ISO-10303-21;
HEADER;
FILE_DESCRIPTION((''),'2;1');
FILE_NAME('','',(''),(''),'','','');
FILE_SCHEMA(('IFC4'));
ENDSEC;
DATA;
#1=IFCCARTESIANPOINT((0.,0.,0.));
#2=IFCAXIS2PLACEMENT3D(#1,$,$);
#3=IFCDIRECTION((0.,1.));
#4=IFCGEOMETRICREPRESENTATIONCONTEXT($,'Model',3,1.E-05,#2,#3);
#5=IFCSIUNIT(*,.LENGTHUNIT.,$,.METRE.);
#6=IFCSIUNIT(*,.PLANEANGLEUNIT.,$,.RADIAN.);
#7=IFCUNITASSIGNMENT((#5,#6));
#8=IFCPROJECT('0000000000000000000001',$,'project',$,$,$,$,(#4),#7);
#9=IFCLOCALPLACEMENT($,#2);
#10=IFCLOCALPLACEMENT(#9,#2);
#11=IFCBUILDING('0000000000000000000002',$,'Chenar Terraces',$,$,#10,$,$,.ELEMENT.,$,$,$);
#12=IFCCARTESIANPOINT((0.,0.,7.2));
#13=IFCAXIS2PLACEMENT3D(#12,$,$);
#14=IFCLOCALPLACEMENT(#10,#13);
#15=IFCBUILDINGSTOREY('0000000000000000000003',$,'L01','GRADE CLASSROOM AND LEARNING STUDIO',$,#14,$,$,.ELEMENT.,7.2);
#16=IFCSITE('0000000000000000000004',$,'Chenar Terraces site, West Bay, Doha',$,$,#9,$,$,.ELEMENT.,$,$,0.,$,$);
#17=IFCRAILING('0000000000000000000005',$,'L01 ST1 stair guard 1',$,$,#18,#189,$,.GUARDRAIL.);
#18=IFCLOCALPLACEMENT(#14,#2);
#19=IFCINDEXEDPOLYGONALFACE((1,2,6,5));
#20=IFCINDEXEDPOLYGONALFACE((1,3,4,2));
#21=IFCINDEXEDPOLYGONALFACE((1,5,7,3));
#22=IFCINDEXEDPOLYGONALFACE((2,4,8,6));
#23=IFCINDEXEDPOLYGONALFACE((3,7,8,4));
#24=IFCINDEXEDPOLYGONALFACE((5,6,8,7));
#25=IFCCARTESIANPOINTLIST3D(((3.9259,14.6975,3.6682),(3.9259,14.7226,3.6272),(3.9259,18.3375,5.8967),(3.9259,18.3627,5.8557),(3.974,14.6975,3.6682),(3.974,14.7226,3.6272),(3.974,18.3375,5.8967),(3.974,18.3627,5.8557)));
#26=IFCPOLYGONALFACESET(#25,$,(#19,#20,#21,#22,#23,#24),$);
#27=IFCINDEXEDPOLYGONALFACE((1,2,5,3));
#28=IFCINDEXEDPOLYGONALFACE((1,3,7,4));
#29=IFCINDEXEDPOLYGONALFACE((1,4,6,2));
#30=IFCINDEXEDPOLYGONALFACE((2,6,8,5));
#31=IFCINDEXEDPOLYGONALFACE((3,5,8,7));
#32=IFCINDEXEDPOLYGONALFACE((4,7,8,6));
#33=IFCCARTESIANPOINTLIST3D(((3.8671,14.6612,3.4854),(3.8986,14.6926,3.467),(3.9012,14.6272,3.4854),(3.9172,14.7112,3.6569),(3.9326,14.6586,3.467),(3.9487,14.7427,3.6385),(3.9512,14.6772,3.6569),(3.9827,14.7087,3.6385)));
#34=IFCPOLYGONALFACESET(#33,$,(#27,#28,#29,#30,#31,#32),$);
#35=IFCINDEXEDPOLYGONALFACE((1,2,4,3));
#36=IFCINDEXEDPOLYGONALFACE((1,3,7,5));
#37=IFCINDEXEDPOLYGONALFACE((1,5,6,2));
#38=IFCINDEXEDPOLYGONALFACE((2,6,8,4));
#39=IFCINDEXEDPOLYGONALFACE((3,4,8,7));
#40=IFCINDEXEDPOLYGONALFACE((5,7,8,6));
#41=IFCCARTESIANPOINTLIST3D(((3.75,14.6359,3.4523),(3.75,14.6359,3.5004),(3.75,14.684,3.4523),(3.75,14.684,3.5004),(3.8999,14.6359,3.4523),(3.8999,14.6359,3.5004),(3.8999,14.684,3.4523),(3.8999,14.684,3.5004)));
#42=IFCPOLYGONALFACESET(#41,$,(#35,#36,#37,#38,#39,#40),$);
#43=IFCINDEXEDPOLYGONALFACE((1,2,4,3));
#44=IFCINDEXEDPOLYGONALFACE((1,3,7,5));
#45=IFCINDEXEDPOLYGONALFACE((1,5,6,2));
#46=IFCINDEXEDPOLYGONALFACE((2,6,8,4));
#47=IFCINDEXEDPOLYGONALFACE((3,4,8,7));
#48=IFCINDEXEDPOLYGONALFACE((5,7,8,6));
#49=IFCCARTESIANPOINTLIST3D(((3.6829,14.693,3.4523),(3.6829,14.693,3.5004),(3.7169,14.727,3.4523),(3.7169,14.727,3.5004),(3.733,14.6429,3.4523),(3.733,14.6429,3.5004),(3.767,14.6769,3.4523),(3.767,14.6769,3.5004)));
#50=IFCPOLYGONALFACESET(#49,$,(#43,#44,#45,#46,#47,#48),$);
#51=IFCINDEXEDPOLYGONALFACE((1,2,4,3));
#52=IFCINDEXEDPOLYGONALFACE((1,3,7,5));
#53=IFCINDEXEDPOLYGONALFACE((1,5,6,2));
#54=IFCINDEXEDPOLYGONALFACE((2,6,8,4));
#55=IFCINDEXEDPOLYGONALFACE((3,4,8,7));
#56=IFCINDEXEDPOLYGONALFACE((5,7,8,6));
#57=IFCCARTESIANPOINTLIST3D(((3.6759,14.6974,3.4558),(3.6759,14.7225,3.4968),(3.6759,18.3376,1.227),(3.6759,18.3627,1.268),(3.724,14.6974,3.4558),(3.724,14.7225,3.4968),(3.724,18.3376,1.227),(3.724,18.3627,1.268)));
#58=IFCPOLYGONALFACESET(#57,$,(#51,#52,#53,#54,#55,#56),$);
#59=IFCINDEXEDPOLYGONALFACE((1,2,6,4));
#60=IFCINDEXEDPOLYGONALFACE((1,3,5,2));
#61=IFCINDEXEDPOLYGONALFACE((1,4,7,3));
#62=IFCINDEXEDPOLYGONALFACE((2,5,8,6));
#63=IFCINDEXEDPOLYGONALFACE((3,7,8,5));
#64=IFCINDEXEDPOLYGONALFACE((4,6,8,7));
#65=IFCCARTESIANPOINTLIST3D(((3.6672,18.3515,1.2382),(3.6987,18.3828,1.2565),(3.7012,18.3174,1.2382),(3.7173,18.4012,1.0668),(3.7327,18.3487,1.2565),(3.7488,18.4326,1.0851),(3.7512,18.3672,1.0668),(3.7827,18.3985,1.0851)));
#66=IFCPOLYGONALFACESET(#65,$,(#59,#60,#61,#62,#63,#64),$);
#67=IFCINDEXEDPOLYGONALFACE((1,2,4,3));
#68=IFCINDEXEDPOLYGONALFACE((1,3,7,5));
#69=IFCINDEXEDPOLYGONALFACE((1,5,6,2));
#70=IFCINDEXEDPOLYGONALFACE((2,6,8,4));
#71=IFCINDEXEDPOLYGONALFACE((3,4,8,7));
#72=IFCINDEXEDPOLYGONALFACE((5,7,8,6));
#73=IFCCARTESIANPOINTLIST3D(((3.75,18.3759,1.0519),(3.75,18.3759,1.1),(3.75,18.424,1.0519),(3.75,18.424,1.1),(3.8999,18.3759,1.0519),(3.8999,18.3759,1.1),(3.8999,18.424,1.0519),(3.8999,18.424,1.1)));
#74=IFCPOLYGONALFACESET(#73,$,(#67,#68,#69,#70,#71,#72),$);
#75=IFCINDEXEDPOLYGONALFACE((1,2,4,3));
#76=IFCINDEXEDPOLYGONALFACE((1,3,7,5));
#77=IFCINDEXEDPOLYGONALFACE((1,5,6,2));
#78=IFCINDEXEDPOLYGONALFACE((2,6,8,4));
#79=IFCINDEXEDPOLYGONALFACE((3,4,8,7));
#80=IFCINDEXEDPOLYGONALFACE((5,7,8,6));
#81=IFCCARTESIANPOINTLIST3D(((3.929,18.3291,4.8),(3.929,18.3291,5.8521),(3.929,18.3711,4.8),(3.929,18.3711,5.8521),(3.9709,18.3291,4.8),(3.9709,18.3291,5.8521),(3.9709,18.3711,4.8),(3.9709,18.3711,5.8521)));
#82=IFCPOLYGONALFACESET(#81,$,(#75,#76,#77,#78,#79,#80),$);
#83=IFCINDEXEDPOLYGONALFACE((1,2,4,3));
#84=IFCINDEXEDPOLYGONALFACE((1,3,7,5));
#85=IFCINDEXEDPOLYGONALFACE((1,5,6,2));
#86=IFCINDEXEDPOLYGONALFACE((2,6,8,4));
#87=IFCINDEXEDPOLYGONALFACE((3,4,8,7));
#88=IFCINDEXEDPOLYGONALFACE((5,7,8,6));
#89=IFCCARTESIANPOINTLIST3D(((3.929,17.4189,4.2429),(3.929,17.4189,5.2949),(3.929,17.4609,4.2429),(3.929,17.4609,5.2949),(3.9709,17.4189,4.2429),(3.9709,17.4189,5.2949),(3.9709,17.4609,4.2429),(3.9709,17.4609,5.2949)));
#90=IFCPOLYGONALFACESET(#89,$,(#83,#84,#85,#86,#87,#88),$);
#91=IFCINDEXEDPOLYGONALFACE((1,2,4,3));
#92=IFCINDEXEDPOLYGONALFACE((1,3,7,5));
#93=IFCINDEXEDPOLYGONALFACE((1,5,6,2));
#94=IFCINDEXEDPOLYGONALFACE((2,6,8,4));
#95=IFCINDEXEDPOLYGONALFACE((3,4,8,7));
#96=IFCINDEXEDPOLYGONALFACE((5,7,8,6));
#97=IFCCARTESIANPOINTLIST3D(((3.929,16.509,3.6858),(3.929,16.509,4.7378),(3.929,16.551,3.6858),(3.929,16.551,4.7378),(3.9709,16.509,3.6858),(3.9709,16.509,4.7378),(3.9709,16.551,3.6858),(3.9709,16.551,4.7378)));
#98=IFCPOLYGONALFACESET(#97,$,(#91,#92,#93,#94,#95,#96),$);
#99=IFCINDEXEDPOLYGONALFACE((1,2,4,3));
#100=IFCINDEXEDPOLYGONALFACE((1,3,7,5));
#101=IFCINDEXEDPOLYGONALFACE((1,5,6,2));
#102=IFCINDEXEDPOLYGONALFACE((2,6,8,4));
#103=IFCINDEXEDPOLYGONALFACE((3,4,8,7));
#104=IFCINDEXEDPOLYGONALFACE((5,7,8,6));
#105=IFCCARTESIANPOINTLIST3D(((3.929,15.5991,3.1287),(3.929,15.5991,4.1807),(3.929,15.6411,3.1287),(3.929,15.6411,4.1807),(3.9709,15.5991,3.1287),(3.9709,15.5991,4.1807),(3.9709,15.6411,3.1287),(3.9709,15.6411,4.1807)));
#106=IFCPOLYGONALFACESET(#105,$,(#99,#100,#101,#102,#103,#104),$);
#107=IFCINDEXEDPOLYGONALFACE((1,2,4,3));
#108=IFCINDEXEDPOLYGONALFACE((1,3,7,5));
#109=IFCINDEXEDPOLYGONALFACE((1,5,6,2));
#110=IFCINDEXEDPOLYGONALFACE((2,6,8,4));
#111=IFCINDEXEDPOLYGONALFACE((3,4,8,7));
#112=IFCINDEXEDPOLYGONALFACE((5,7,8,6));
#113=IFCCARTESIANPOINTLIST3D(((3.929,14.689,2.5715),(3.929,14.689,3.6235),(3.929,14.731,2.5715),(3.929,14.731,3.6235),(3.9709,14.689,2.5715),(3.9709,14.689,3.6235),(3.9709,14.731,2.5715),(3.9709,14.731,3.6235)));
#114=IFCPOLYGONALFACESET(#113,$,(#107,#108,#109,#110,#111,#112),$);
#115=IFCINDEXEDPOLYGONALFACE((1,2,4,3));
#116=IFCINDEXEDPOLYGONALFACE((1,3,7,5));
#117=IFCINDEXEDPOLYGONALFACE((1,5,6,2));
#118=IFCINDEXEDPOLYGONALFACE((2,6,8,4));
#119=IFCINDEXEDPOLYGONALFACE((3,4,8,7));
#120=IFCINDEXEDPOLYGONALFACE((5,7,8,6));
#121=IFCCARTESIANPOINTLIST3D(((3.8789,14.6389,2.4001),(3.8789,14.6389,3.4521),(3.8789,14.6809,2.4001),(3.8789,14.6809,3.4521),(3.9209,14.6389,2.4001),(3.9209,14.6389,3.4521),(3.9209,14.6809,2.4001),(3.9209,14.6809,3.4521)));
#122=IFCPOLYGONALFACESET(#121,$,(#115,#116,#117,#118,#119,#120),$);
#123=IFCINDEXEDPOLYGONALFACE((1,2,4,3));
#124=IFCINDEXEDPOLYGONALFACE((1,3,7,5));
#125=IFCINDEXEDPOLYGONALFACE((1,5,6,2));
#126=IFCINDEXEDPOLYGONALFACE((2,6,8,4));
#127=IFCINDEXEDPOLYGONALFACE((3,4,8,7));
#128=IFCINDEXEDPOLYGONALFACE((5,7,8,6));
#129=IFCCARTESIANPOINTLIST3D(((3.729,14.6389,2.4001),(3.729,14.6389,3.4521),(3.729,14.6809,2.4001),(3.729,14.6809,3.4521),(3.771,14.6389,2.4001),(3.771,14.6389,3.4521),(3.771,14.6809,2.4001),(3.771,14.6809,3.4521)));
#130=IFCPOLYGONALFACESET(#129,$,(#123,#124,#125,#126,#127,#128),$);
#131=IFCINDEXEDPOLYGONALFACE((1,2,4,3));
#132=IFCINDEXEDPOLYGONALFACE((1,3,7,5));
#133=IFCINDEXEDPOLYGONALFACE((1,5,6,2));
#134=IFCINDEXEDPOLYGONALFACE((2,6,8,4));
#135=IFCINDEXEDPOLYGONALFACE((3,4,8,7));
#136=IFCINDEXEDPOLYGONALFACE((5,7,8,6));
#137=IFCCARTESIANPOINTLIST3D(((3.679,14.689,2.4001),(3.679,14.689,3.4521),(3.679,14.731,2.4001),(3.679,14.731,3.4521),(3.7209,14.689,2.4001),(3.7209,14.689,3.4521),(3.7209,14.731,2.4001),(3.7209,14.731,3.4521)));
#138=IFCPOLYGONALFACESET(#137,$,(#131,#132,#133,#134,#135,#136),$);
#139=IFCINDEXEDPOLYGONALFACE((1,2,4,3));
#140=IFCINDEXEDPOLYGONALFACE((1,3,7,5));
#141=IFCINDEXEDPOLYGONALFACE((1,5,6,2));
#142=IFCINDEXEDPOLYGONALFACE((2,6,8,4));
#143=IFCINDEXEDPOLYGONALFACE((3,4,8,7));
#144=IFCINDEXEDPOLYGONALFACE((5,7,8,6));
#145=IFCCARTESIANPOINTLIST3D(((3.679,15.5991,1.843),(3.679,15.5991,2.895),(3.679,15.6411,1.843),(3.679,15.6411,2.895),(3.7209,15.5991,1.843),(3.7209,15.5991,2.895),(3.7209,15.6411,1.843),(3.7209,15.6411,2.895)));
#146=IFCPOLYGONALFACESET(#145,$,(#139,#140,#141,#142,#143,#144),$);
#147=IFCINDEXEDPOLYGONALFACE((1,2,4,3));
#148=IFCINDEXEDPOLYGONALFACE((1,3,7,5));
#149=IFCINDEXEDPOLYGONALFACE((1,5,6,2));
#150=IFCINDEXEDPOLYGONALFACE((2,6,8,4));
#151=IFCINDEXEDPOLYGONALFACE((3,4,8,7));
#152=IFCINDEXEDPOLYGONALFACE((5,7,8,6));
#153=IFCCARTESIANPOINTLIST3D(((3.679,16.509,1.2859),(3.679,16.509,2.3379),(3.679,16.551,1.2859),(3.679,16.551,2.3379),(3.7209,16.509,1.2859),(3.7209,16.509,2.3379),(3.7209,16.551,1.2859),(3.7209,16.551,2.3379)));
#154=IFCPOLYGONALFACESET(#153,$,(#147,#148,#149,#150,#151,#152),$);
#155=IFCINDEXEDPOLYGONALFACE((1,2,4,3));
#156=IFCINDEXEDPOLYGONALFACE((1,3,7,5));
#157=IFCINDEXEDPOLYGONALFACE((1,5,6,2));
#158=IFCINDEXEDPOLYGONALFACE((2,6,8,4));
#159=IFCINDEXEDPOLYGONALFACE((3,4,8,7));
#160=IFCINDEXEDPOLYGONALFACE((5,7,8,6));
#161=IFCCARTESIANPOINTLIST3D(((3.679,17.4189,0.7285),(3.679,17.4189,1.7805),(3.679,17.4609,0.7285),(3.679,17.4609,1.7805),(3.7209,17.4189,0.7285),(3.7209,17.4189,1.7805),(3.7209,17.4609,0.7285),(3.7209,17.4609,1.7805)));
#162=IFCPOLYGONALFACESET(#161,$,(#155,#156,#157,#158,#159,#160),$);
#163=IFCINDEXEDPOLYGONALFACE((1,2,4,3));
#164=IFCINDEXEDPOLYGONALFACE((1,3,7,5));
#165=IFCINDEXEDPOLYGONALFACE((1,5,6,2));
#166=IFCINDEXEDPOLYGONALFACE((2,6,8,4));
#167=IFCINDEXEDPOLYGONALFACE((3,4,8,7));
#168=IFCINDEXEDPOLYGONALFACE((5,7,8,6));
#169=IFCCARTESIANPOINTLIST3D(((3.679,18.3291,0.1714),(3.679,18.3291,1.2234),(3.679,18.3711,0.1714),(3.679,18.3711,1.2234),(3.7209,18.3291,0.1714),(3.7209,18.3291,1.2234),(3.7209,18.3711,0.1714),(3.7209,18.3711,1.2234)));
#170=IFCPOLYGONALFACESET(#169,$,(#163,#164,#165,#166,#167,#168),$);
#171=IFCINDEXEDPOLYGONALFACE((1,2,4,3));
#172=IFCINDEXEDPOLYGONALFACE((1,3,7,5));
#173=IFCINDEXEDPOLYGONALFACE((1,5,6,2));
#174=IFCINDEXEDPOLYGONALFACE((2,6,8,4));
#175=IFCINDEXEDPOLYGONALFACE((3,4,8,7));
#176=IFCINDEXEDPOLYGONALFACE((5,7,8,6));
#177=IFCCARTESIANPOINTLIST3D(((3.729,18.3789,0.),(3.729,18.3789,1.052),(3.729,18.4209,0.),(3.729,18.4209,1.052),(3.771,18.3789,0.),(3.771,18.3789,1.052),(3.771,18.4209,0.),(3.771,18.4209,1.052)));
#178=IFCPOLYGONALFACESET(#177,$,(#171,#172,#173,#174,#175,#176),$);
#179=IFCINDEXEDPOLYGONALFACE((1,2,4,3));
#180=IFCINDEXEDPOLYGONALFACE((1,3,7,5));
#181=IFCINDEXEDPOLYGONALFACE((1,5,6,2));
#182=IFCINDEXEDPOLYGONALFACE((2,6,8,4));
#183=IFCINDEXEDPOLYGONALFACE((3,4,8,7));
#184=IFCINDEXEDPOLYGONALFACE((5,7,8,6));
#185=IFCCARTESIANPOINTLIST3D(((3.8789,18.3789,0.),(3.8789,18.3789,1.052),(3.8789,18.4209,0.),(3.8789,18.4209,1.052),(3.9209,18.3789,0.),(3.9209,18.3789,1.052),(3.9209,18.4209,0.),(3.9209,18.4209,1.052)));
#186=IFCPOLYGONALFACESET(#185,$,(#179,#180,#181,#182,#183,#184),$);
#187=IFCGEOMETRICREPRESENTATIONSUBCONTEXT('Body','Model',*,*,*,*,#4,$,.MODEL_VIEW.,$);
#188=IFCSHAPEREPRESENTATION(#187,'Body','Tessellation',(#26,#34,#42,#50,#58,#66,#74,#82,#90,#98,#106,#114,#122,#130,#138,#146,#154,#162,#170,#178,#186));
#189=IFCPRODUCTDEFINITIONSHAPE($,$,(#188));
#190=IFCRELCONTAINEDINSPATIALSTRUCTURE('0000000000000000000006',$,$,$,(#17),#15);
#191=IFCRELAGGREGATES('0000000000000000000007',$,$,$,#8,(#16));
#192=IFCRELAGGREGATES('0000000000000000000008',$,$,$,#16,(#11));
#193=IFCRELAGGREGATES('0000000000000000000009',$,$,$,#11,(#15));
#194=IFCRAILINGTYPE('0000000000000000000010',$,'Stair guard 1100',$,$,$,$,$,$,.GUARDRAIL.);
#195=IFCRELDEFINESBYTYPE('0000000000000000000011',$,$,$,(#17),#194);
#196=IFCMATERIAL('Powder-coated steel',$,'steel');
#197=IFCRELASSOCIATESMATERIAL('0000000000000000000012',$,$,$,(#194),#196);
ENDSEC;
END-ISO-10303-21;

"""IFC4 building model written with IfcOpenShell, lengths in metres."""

from ifc_helpers import new_model, si_unit, direction, frame, origin, origin_2d, place, context, subcontext, project, spatial, rectangle, extrude, material, type_object, element, save


model = new_model("IFC4")

# Units and contexts
model_context = context("Model", 3, precision=1e-05, world=origin(), true_north=direction((0.0, 1.0)))
body_context = subcontext(model_context, "Body", "Model", "MODEL_VIEW")
ifc_project = project(units=[si_unit("LENGTHUNIT", "METRE"), si_unit("PLANEANGLEUNIT", "RADIAN")], contexts=[model_context])

# Site, building, storey
site_placement = place(None, origin())
site = spatial("IfcSite", under=ifc_project, at=site_placement, Name="Chenar Terraces site, West Bay, Doha", CompositionType="ELEMENT", RefElevation=0.0)
building_placement = place(site_placement, origin())
building = spatial("IfcBuilding", under=site, at=building_placement, Name="Chenar Terraces", CompositionType="ELEMENT")
storey_placement = place(building_placement, frame((0.0, 0.0, 7.2)))
storey = spatial("IfcBuildingStorey", under=building, at=storey_placement, Name="L01", Description="GRADE CLASSROOM AND LEARNING STUDIO", CompositionType="ELEMENT", Elevation=7.2)

# Railing
ifc_material_1 = material(Name="Powder-coated steel", Category="steel")
railing_type_1 = type_object("IfcRailingType", Name="Stair guard 1100", PredefinedType="GUARDRAIL", material=ifc_material_1)
railing_1_placement = place(storey_placement, frame((3.95, 18.3501, 4.8)))
element("IfcRailing", 1, at=railing_1_placement, inside=storey, type_object=railing_type_1, Name="L01 ST1 stair guard 1", PredefinedType="GUARDRAIL", context=body_context, shape_type="SweptSolid", body=[
    extrude(rectangle(XDim=0.0481, YDim=0.0481, at=origin_2d()), frame((0.0, 0.0, 1.0762), z_axis=(0.0, -0.852866, -0.52213), x_axis=(1.0, 0.0, 0.0)), (0.0, 0.0, 1.0), 4.2681),
    extrude(rectangle(XDim=0.0481, YDim=0.0481, at=origin_2d()), frame((0.0, -3.6401, -1.1523), z_axis=(-0.269911, -0.269911, -0.924281), x_axis=(0.707107, -0.707107, 0.0)), (0.0, 0.0, 1.0), 0.1855),
    extrude(rectangle(XDim=0.0481, YDim=0.0481, at=origin_2d()), frame((-0.05, -3.6902, -1.3237), z_axis=(-1.0, 0.0, 0.0), x_axis=(0.0, -1.0, 0.0)), (0.0, 0.0, 1.0), 0.1499),
    extrude(rectangle(XDim=0.0481, YDim=0.0481, at=origin_2d()), frame((-0.2, -3.6902, -1.3237), z_axis=(-0.707107, 0.707107, 0.0), x_axis=(-0.707107, -0.707107, 0.0)), (0.0, 0.0, 1.0), 0.0708),
    extrude(rectangle(XDim=0.0481, YDim=0.0481, at=origin_2d()), frame((-0.25, -3.6401, -1.3237), z_axis=(0.0, 0.85284, -0.522172), x_axis=(-1.0, 0.0, 0.0)), (0.0, 0.0, 1.0), 4.2683),
    extrude(rectangle(XDim=0.0481, YDim=0.0481, at=origin_2d()), frame((-0.25, 0.0, -3.5527), z_axis=(0.270007, 0.26869, -0.924609), x_axis=(-0.705376, 0.708834, 0.0)), (0.0, 0.0, 1.0), 0.1853),
    extrude(rectangle(XDim=0.0481, YDim=0.0481, at=origin_2d()), frame((-0.2, 0.0498, -3.7241), z_axis=(1.0, 0.0, 0.0), x_axis=(0.0, 1.0, 0.0)), (0.0, 0.0, 1.0), 0.1499),
    extrude(rectangle(XDim=0.042, YDim=0.042, at=origin_2d()), origin(), (0.0, 0.0, 1.0), 1.052),
    extrude(rectangle(XDim=0.042, YDim=0.042, at=origin_2d()), frame((0.0, -0.9102, -0.5571)), (0.0, 0.0, 1.0), 1.052),
    extrude(rectangle(XDim=0.042, YDim=0.042, at=origin_2d()), frame((0.0, -1.8201, -1.1143)), (0.0, 0.0, 1.0), 1.052),
    extrude(rectangle(XDim=0.042, YDim=0.042, at=origin_2d()), frame((0.0, -2.73, -1.6714)), (0.0, 0.0, 1.0), 1.052),
    extrude(rectangle(XDim=0.042, YDim=0.042, at=origin_2d()), frame((0.0, -3.6401, -2.2285)), (0.0, 0.0, 1.0), 1.052),
    extrude(rectangle(XDim=0.042, YDim=0.042, at=origin_2d()), frame((-0.05, -3.6902, -2.3999)), (0.0, 0.0, 1.0), 1.052),
    extrude(rectangle(XDim=0.042, YDim=0.042, at=origin_2d()), frame((-0.2, -3.6902, -2.3999)), (0.0, 0.0, 1.0), 1.052),
    extrude(rectangle(XDim=0.042, YDim=0.042, at=origin_2d()), frame((-0.25, -3.6401, -2.3999)), (0.0, 0.0, 1.0), 1.052),
    extrude(rectangle(XDim=0.042, YDim=0.042, at=origin_2d()), frame((-0.25, -2.73, -2.957)), (0.0, 0.0, 1.0), 1.052),
    extrude(rectangle(XDim=0.042, YDim=0.042, at=origin_2d()), frame((-0.25, -1.8201, -3.5142)), (0.0, 0.0, 1.0), 1.052),
    extrude(rectangle(XDim=0.042, YDim=0.042, at=origin_2d()), frame((-0.25, -0.9102, -4.0715)), (0.0, 0.0, 1.0), 1.052),
    extrude(rectangle(XDim=0.042, YDim=0.042, at=origin_2d()), frame((-0.25, 0.0, -4.6287)), (0.0, 0.0, 1.0), 1.052),
    extrude(rectangle(XDim=0.042, YDim=0.042, at=origin_2d()), frame((-0.2, 0.0498, -4.8)), (0.0, 0.0, 1.0), 1.052),
    extrude(rectangle(XDim=0.042, YDim=0.042, at=origin_2d()), frame((-0.05, 0.0498, -4.8)), (0.0, 0.0, 1.0), 1.052),
])

save(model, "model.ifc")
